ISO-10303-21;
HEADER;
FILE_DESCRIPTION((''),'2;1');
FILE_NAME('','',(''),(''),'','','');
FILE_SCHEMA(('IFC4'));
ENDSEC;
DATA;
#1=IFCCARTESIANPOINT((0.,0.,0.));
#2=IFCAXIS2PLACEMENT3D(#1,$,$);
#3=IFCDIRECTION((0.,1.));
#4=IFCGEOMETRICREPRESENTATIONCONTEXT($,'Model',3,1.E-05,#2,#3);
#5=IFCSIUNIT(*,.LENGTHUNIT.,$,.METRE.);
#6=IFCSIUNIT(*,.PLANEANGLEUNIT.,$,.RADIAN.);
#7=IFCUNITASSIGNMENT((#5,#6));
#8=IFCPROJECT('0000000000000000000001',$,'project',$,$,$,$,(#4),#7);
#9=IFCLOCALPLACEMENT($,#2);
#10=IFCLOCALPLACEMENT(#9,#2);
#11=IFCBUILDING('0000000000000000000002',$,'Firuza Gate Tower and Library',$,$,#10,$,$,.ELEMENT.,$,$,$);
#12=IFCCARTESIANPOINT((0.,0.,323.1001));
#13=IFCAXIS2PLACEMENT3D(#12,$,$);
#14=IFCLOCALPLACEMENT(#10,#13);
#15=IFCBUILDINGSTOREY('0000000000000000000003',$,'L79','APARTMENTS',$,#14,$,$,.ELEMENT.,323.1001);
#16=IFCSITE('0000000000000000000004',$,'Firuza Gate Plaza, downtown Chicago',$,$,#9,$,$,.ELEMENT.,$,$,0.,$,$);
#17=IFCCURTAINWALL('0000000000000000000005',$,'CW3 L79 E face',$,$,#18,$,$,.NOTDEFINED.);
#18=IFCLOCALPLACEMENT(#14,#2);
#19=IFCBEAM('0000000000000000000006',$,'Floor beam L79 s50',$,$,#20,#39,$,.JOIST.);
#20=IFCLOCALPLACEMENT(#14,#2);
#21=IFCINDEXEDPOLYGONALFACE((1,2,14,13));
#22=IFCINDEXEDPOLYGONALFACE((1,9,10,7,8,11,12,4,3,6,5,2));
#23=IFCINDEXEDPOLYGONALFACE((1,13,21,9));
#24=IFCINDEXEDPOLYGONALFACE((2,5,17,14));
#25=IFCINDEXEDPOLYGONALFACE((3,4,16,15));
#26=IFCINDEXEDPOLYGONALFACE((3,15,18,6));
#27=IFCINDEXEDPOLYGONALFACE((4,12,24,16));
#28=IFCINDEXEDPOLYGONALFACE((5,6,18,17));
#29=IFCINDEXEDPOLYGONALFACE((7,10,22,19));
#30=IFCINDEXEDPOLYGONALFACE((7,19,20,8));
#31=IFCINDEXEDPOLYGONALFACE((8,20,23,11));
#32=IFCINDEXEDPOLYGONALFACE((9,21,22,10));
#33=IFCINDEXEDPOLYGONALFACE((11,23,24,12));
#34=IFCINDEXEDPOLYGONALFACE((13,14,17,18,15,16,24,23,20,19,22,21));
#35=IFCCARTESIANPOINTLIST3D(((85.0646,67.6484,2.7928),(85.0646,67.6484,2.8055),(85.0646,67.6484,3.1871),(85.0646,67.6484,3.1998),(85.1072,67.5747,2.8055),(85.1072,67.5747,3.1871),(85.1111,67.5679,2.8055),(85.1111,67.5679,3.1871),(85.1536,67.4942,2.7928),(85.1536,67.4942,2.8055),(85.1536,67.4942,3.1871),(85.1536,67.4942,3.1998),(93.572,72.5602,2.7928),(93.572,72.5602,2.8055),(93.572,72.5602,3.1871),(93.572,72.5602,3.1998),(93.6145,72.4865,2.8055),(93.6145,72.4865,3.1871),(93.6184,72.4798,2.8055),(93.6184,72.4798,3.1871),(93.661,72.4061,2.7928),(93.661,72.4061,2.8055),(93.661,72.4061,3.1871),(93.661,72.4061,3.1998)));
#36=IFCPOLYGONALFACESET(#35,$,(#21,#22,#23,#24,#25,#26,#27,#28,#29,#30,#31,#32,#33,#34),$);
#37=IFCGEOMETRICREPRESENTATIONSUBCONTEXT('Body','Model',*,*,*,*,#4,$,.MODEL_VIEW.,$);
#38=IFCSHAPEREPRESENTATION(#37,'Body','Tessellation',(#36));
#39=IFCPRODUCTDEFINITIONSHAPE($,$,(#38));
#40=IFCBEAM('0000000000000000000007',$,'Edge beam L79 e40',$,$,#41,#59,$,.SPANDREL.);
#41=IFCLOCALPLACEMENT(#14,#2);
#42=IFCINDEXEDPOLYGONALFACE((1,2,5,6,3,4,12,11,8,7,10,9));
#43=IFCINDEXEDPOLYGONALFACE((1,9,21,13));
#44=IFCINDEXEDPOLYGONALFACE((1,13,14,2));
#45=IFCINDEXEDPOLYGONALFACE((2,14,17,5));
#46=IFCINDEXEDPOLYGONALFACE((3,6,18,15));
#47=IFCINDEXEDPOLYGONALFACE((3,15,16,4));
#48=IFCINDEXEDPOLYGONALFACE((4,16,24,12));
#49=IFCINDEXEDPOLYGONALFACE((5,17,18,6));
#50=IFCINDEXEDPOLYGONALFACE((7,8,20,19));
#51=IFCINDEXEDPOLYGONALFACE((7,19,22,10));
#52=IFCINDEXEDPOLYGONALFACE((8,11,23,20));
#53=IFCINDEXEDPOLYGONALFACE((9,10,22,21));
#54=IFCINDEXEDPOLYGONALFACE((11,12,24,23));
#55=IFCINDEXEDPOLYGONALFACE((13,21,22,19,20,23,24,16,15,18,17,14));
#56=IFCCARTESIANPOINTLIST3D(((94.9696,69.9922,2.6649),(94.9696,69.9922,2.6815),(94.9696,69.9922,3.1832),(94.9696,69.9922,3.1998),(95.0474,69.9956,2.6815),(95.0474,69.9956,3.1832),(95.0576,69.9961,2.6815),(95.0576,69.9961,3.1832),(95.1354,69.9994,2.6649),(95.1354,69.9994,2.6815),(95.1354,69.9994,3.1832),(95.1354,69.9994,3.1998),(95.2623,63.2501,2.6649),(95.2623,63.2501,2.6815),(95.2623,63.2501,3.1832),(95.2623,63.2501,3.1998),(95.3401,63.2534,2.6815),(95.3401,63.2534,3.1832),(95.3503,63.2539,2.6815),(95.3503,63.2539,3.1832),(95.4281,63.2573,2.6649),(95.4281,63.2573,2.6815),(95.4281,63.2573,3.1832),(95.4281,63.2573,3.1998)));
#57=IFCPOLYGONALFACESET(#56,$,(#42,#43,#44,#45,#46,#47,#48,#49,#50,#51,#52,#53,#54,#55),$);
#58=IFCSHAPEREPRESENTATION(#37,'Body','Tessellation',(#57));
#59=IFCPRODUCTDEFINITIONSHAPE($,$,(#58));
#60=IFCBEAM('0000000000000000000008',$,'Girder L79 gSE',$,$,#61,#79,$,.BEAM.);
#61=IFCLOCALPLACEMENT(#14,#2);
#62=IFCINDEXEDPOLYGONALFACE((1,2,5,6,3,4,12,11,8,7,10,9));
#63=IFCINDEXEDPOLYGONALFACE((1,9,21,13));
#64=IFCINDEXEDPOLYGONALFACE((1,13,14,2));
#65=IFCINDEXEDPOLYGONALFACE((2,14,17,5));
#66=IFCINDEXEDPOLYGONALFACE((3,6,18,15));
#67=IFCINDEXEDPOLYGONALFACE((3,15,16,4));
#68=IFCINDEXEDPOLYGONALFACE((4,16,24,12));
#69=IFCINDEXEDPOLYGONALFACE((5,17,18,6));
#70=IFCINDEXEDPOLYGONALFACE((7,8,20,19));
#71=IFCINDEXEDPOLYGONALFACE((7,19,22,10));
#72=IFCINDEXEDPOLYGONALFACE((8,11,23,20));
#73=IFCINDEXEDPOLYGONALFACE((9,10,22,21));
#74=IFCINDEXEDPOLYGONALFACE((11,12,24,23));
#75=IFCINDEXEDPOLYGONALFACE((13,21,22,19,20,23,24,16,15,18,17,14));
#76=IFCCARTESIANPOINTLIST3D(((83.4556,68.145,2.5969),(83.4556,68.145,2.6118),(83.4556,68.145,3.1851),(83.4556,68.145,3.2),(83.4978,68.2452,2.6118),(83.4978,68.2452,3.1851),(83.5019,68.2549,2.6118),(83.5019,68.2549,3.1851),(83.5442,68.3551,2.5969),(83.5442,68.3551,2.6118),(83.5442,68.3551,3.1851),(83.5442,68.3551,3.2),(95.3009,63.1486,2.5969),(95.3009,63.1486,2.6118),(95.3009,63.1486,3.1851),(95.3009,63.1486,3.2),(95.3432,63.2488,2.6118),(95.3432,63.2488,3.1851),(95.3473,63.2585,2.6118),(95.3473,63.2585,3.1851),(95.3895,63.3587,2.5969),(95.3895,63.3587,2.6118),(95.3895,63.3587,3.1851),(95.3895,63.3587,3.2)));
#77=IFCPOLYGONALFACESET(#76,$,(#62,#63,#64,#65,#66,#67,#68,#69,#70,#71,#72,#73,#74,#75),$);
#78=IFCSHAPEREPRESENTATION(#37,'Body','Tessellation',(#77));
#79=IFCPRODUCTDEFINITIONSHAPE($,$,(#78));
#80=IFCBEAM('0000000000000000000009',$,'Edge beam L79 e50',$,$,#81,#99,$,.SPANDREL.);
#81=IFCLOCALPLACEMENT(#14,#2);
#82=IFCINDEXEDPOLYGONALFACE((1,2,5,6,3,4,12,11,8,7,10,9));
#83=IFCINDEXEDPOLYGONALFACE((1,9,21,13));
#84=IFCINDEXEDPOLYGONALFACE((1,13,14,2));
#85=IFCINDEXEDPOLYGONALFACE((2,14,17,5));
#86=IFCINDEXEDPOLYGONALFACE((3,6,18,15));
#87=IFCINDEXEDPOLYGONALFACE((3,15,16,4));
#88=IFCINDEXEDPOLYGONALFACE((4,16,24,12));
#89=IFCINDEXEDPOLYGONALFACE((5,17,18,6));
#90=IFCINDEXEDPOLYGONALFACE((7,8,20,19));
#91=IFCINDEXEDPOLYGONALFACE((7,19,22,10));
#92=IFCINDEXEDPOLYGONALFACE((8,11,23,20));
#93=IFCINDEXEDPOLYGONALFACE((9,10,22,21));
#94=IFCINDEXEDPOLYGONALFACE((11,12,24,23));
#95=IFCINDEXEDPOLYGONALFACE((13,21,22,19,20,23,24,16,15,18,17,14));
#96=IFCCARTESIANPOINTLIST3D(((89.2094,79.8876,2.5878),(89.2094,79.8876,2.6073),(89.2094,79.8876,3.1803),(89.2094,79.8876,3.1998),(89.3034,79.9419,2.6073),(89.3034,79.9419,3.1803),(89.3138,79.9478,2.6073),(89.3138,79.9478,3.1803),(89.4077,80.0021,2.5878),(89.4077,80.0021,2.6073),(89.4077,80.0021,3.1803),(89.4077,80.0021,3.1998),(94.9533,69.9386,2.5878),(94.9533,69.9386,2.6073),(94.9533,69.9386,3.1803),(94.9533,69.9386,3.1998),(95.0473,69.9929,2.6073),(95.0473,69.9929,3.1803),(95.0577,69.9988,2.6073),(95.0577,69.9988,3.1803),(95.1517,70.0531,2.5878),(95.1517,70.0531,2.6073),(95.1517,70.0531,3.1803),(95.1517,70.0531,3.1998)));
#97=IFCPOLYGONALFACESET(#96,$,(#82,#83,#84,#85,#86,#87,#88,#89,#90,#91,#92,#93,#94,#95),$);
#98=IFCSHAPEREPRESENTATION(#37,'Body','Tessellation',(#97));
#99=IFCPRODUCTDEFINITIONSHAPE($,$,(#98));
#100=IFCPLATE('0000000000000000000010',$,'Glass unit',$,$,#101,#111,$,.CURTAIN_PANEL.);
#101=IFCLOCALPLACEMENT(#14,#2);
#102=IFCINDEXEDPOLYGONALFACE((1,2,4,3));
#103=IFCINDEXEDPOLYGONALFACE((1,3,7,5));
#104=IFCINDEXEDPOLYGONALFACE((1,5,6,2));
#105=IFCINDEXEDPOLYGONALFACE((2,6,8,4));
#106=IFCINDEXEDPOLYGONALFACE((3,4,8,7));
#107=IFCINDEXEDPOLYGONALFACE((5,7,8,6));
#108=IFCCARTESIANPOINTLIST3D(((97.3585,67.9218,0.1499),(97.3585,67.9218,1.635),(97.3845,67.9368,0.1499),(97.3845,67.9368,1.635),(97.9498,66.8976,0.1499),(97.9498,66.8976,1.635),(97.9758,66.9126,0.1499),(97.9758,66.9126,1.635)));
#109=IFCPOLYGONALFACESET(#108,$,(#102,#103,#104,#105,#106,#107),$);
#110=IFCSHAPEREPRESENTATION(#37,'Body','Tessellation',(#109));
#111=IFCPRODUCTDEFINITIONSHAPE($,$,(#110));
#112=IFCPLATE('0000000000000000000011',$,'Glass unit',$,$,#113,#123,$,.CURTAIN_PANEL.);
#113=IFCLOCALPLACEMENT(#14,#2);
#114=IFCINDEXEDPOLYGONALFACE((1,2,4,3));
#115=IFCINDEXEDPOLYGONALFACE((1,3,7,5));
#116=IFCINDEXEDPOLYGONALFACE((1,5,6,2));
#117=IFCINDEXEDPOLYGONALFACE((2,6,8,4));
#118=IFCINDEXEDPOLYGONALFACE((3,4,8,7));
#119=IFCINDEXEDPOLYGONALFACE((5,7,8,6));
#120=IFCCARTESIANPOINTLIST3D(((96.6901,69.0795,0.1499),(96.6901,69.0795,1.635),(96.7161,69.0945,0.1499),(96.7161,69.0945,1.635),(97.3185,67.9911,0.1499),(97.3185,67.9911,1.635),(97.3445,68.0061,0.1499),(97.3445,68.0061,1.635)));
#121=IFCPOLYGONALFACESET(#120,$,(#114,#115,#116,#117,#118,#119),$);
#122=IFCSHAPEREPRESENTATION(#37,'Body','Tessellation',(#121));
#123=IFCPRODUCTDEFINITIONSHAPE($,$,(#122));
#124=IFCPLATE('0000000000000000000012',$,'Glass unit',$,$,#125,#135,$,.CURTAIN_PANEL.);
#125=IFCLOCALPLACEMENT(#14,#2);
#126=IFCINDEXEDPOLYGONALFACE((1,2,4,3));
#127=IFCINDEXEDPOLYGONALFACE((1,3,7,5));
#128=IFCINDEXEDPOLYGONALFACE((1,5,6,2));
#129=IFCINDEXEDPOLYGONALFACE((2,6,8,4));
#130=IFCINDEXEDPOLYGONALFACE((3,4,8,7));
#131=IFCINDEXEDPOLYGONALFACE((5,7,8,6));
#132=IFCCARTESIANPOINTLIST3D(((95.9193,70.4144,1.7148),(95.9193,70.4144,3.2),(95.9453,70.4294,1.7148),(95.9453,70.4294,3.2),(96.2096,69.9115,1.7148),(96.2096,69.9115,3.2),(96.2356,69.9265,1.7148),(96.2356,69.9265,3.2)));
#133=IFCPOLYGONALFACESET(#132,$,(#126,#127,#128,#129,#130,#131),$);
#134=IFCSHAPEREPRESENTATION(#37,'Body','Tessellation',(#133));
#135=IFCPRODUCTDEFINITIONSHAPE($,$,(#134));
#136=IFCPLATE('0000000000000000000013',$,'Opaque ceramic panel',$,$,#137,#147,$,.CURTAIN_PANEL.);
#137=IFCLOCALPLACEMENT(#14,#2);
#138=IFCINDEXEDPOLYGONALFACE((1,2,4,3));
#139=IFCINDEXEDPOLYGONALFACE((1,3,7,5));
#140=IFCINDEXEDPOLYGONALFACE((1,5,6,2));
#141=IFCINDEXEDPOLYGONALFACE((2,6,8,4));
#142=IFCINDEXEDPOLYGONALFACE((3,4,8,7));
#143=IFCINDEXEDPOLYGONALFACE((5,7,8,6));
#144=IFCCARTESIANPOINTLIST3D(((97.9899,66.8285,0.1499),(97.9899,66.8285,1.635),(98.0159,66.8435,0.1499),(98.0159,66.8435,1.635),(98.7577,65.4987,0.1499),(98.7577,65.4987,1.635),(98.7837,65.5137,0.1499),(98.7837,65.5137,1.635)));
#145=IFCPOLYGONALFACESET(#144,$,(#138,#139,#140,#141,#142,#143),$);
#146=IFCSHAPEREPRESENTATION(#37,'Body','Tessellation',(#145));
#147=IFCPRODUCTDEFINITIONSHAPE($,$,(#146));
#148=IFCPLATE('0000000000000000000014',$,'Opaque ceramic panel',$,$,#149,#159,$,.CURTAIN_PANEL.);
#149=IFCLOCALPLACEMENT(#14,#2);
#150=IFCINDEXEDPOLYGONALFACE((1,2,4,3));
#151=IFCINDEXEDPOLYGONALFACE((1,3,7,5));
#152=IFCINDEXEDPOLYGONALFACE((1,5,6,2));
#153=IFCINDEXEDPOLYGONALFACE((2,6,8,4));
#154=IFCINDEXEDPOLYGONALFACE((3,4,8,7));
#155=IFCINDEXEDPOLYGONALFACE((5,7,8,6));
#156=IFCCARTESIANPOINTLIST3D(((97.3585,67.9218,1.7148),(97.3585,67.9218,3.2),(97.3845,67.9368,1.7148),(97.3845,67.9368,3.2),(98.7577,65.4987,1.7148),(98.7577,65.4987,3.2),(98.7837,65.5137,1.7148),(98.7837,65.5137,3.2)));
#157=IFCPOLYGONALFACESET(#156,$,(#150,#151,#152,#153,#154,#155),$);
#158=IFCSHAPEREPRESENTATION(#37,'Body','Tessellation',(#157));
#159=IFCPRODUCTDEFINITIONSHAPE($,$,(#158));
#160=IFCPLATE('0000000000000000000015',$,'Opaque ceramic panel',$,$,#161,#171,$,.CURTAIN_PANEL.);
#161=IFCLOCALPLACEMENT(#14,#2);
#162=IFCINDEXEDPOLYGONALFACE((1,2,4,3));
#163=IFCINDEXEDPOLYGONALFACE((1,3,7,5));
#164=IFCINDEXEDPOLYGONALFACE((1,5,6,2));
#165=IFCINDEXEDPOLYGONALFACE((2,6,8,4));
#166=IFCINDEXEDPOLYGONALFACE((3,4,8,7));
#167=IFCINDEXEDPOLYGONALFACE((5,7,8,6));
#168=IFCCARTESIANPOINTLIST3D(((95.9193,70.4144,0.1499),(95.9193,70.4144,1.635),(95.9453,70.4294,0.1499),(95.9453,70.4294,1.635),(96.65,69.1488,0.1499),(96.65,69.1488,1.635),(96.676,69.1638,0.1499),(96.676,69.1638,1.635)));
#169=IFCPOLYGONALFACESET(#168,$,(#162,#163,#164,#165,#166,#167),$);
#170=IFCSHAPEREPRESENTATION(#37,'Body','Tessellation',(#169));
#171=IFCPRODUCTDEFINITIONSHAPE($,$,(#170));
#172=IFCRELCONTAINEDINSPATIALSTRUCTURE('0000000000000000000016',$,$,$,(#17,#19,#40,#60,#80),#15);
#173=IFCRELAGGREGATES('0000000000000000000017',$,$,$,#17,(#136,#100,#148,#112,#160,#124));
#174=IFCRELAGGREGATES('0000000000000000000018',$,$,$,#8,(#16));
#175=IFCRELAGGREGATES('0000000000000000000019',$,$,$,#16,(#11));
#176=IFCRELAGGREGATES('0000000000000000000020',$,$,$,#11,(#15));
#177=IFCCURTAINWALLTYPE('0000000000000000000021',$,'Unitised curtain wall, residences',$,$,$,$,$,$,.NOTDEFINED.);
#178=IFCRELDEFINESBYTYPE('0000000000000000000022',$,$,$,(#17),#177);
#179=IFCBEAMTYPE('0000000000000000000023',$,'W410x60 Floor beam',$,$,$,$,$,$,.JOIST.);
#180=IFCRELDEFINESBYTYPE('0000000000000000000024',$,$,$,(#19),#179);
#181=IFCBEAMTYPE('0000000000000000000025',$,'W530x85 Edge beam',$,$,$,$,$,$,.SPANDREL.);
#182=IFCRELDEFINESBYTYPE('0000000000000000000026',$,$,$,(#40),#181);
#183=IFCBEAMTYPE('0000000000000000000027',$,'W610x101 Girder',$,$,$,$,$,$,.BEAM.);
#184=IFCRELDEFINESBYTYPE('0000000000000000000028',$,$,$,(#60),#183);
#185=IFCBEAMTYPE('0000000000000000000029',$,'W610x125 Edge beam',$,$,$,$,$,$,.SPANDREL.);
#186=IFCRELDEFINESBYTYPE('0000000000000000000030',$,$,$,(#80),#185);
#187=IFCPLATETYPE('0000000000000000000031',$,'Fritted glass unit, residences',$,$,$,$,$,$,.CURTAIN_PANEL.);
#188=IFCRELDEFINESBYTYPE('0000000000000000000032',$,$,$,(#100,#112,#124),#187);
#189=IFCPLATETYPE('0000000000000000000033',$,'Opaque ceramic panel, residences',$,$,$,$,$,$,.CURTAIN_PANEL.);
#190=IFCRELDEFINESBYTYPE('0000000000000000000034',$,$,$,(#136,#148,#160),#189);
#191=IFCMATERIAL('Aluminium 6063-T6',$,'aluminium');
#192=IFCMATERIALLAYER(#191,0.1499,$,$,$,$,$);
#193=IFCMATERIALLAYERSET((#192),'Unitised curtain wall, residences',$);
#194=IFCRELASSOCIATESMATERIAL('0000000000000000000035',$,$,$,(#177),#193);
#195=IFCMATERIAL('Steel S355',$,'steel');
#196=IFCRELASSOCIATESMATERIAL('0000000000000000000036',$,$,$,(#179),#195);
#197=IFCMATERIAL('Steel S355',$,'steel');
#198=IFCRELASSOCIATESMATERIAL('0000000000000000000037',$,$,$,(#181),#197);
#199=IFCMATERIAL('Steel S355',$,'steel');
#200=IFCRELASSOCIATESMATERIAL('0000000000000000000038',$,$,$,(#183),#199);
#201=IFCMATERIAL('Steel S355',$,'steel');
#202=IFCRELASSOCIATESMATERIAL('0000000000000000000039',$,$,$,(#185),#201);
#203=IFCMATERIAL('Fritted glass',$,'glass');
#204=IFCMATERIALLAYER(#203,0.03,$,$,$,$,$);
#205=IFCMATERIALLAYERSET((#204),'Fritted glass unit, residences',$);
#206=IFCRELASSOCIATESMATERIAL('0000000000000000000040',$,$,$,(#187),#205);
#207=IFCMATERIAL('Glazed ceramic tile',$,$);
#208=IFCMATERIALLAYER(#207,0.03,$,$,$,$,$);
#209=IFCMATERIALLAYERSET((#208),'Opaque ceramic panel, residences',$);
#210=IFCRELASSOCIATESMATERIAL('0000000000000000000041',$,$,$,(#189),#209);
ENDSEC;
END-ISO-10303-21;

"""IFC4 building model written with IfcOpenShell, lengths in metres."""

from ifc_helpers import new_model, si_unit, direction, frame, origin, origin_2d, place, context, subcontext, project, spatial, polyline, i_section, outline, extrude, material, layer, layer_set, material_profile, profile_set, type_object, element, aggregate, save


model = new_model("IFC4")

# Units and contexts
model_context = context("Model", 3, precision=1e-05, world=origin(), true_north=direction((0.0, 1.0)))
body_context = subcontext(model_context, "Body", "Model", "MODEL_VIEW")
ifc_project = project(units=[si_unit("LENGTHUNIT", "METRE"), si_unit("PLANEANGLEUNIT", "RADIAN")], contexts=[model_context])

# Site, building, storey
site_placement = place(None, origin())
site = spatial("IfcSite", under=ifc_project, at=site_placement, Name="Firuza Gate Plaza, downtown Chicago", CompositionType="ELEMENT", RefElevation=0.0)
building_placement = place(site_placement, origin())
building = spatial("IfcBuilding", under=site, at=building_placement, Name="Firuza Gate Tower and Library", CompositionType="ELEMENT")
storey_placement = place(building_placement, frame((0.0, 0.0, 323.1001)))
storey = spatial("IfcBuildingStorey", under=building, at=storey_placement, Name="L79", Description="APARTMENTS", CompositionType="ELEMENT", Elevation=323.1001)

# Curtain wall
ifc_material_1 = material(Name="Aluminium 6063-T6", Category="aluminium")
ifc_layer_1 = layer(ifc_material_1, 0.1499)
ifc_layer_set_1 = layer_set([ifc_layer_1], Name="Unitised curtain wall, residences")
curtain_wall_type = type_object("IfcCurtainWallType", Name="Unitised curtain wall, residences", PredefinedType="NOTDEFINED", material=ifc_layer_set_1)
curtain_wall_placement = place(storey_placement, origin())
curtain_wall = element("IfcCurtainWall", 1, at=curtain_wall_placement, inside=storey, type_object=curtain_wall_type, Name="CW3 L79 E face", PredefinedType="NOTDEFINED")

# Beams
ifc_material_2 = material(Name="Steel S355", Category="steel")
ifc_material_profile_1 = material_profile(ifc_material_2, i_section(OverallWidth=0.178, OverallDepth=0.407, WebThickness=0.0078, FlangeThickness=0.0127, at=origin_2d()))
ifc_profile_set_1 = profile_set([ifc_material_profile_1], Name="Steel S355")
beam_type_1 = type_object("IfcBeamType", Name="W410x60 Floor beam", PredefinedType="JOIST", material=ifc_profile_set_1)
beam_1_placement = place(storey_placement, frame((93.6165, 72.4832, 2.9963), z_axis=(-0.866018, -0.500012, 0.0), x_axis=(0.500012, -0.866018, 0.0)))
element("IfcBeam", 2, at=beam_1_placement, inside=storey, type_object=beam_type_1, Name="Floor beam L79 s50", PredefinedType="JOIST", context=body_context, shape_type="SweptSolid", body=[
    extrude(i_section(OverallWidth=0.178, OverallDepth=0.407, WebThickness=0.0078, FlangeThickness=0.0127, at=origin_2d()), origin(), (0.0, 0.0, 1.0), 9.8235),
])
ifc_material_3 = material(Name="Steel S355", Category="steel")
ifc_material_profile_2 = material_profile(ifc_material_3, i_section(OverallWidth=0.166, OverallDepth=0.5349, WebThickness=0.0103, FlangeThickness=0.0166, at=origin_2d()))
ifc_profile_set_2 = profile_set([ifc_material_profile_2], Name="Steel S355")
beam_type_2 = type_object("IfcBeamType", Name="W530x85 Edge beam", PredefinedType="SPANDREL", material=ifc_profile_set_2)
beam_2_placement = place(storey_placement, frame((95.3452, 63.2537, 2.9324), z_axis=(-0.043376, 0.999059, 0.0), x_axis=(-0.999059, -0.043376, 0.0)))
element("IfcBeam", 3, at=beam_2_placement, inside=storey, type_object=beam_type_2, Name="Edge beam L79 e40", PredefinedType="SPANDREL", context=body_context, shape_type="SweptSolid", body=[
    extrude(i_section(OverallWidth=0.166, OverallDepth=0.5349, WebThickness=0.0103, FlangeThickness=0.0166, at=origin_2d()), origin(), (0.0, 0.0, 1.0), 6.7485),
])
ifc_material_4 = material(Name="Steel S355", Category="steel")
ifc_material_profile_3 = material_profile(ifc_material_4, i_section(OverallWidth=0.228, OverallDepth=0.603, WebThickness=0.0105, FlangeThickness=0.0149, at=origin_2d()))
ifc_profile_set_3 = profile_set([ifc_material_profile_3], Name="Steel S355")
beam_type_3 = type_object("IfcBeamType", Name="W610x101 Girder", PredefinedType="BEAM", material=ifc_profile_set_3)
beam_3_placement = place(storey_placement, frame((95.3452, 63.2537, 2.8984), z_axis=(-0.921388, 0.388644, 0.0), x_axis=(-0.388644, -0.921388, 0.0)))
element("IfcBeam", 4, at=beam_3_placement, inside=storey, type_object=beam_type_3, Name="Girder L79 gSE", PredefinedType="BEAM", context=body_context, shape_type="SweptSolid", body=[
    extrude(i_section(OverallWidth=0.228, OverallDepth=0.603, WebThickness=0.0105, FlangeThickness=0.0149, at=origin_2d()), origin(), (0.0, 0.0, 1.0), 12.856),
])
ifc_material_5 = material(Name="Steel S355", Category="steel")
ifc_material_profile_4 = material_profile(ifc_material_5, i_section(OverallWidth=0.229, OverallDepth=0.6121, WebThickness=0.012, FlangeThickness=0.0195, at=origin_2d()))
ifc_profile_set_4 = profile_set([ifc_material_profile_4], Name="Steel S355")
beam_type_4 = type_object("IfcBeamType", Name="W610x125 Edge beam", PredefinedType="SPANDREL", material=ifc_profile_set_4)
beam_4_placement = place(storey_placement, frame((95.0525, 69.9958, 2.8938), z_axis=(-0.49999, 0.866031, 0.0), x_axis=(-0.866031, -0.49999, 0.0)))
element("IfcBeam", 5, at=beam_4_placement, inside=storey, type_object=beam_type_4, Name="Edge beam L79 e50", PredefinedType="SPANDREL", context=body_context, shape_type="SweptSolid", body=[
    extrude(i_section(OverallWidth=0.229, OverallDepth=0.6121, WebThickness=0.012, FlangeThickness=0.0195, at=origin_2d()), origin(), (0.0, 0.0, 1.0), 11.488),
])

# Plates
ifc_material_6 = material(Name="Fritted glass", Category="glass")
ifc_layer_2 = layer(ifc_material_6, 0.03)
ifc_layer_set_2 = layer_set([ifc_layer_2], Name="Fritted glass unit, residences")
plate_type_1 = type_object("IfcPlateType", Name="Fritted glass unit, residences", PredefinedType="CURTAIN_PANEL", material=ifc_layer_set_2)
plate_1_placement = place(storey_placement, frame((97.9758, 66.9126, 0.1499), z_axis=(0.866024, 0.500002, 0.0), x_axis=(-0.500002, 0.866024, 0.0)))
plate_1 = element("IfcPlate", 6, at=plate_1_placement, type_object=plate_type_1, Name="Glass unit", PredefinedType="CURTAIN_PANEL", context=body_context, shape_type="SweptSolid", body=[
    extrude(outline(polyline([(0.0, 0.0), (1.1826, 0.0), (1.1826, 1.4851), (0.0, 1.4851), (0.0, 0.0)])), origin(), (0.0, 0.0, -1.0), 0.03),
])
plate_2_placement = place(storey_placement, frame((97.3445, 68.0061, 0.1499), z_axis=(0.866011, 0.500025, 0.0), x_axis=(-0.500025, 0.866011, 0.0)))
plate_2 = element("IfcPlate", 7, at=plate_2_placement, type_object=plate_type_1, Name="Glass unit", PredefinedType="CURTAIN_PANEL", context=body_context, shape_type="SweptSolid", body=[
    extrude(outline(polyline([(0.0, 0.0), (1.2568, 0.0), (1.2568, 1.4851), (0.0, 1.4851), (0.0, 0.0)])), origin(), (0.0, 0.0, -1.0), 0.03),
])
plate_3_placement = place(storey_placement, frame((96.2356, 69.9265, 1.7148), z_axis=(0.866088, 0.499892, 0.0), x_axis=(-0.499892, 0.866088, 0.0)))
plate_3 = element("IfcPlate", 8, at=plate_3_placement, type_object=plate_type_1, Name="Glass unit", PredefinedType="CURTAIN_PANEL", context=body_context, shape_type="SweptSolid", body=[
    extrude(outline(polyline([(0.0, 0.0), (0.5807, 0.0), (0.5807, 1.4851), (0.0, 1.4851), (0.0, 0.0)])), origin(), (0.0, 0.0, -1.0), 0.03),
])
ifc_material_7 = material(Name="Glazed ceramic tile")
ifc_layer_3 = layer(ifc_material_7, 0.03)
ifc_layer_set_3 = layer_set([ifc_layer_3], Name="Opaque ceramic panel, residences")
plate_type_2 = type_object("IfcPlateType", Name="Opaque ceramic panel, residences", PredefinedType="CURTAIN_PANEL", material=ifc_layer_set_3)
plate_4_placement = place(storey_placement, frame((98.7837, 65.5137, 0.1499), z_axis=(0.866013, 0.500021, 0.0), x_axis=(-0.500021, 0.866013, 0.0)))
plate_4 = element("IfcPlate", 9, at=plate_4_placement, type_object=plate_type_2, Name="Opaque ceramic panel", PredefinedType="CURTAIN_PANEL", context=body_context, shape_type="SweptSolid", body=[
    extrude(outline(polyline([(0.0, 0.0), (1.5356, 0.0), (1.5356, 1.4851), (0.0, 1.4851), (0.0, 0.0)])), origin(), (0.0, 0.0, -1.0), 0.03),
])
plate_5_placement = place(storey_placement, frame((98.7837, 65.5137, 1.7148), z_axis=(0.865995, 0.500052, 0.0), x_axis=(-0.500052, 0.865995, 0.0)))
plate_5 = element("IfcPlate", 10, at=plate_5_placement, type_object=plate_type_2, Name="Opaque ceramic panel", PredefinedType="CURTAIN_PANEL", context=body_context, shape_type="SweptSolid", body=[
    extrude(outline(polyline([(0.0, 0.0), (2.798, 0.0), (2.798, 1.4851), (0.0, 1.4851), (0.0, 0.0)])), origin(), (0.0, 0.0, -1.0), 0.03),
])
plate_6_placement = place(storey_placement, frame((96.676, 69.1638, 0.1499), z_axis=(0.866024, 0.500002, 0.0), x_axis=(-0.500002, 0.866024, 0.0)))
plate_6 = element("IfcPlate", 11, at=plate_6_placement, type_object=plate_type_2, Name="Opaque ceramic panel", PredefinedType="CURTAIN_PANEL", context=body_context, shape_type="SweptSolid", body=[
    extrude(outline(polyline([(0.0, 0.0), (1.4614, 0.0), (1.4614, 1.4851), (0.0, 1.4851), (0.0, 0.0)])), origin(), (0.0, 0.0, -1.0), 0.03),
])
aggregate(curtain_wall, [plate_4, plate_1, plate_5, plate_2, plate_6, plate_3])

save(model, "model.ifc")
